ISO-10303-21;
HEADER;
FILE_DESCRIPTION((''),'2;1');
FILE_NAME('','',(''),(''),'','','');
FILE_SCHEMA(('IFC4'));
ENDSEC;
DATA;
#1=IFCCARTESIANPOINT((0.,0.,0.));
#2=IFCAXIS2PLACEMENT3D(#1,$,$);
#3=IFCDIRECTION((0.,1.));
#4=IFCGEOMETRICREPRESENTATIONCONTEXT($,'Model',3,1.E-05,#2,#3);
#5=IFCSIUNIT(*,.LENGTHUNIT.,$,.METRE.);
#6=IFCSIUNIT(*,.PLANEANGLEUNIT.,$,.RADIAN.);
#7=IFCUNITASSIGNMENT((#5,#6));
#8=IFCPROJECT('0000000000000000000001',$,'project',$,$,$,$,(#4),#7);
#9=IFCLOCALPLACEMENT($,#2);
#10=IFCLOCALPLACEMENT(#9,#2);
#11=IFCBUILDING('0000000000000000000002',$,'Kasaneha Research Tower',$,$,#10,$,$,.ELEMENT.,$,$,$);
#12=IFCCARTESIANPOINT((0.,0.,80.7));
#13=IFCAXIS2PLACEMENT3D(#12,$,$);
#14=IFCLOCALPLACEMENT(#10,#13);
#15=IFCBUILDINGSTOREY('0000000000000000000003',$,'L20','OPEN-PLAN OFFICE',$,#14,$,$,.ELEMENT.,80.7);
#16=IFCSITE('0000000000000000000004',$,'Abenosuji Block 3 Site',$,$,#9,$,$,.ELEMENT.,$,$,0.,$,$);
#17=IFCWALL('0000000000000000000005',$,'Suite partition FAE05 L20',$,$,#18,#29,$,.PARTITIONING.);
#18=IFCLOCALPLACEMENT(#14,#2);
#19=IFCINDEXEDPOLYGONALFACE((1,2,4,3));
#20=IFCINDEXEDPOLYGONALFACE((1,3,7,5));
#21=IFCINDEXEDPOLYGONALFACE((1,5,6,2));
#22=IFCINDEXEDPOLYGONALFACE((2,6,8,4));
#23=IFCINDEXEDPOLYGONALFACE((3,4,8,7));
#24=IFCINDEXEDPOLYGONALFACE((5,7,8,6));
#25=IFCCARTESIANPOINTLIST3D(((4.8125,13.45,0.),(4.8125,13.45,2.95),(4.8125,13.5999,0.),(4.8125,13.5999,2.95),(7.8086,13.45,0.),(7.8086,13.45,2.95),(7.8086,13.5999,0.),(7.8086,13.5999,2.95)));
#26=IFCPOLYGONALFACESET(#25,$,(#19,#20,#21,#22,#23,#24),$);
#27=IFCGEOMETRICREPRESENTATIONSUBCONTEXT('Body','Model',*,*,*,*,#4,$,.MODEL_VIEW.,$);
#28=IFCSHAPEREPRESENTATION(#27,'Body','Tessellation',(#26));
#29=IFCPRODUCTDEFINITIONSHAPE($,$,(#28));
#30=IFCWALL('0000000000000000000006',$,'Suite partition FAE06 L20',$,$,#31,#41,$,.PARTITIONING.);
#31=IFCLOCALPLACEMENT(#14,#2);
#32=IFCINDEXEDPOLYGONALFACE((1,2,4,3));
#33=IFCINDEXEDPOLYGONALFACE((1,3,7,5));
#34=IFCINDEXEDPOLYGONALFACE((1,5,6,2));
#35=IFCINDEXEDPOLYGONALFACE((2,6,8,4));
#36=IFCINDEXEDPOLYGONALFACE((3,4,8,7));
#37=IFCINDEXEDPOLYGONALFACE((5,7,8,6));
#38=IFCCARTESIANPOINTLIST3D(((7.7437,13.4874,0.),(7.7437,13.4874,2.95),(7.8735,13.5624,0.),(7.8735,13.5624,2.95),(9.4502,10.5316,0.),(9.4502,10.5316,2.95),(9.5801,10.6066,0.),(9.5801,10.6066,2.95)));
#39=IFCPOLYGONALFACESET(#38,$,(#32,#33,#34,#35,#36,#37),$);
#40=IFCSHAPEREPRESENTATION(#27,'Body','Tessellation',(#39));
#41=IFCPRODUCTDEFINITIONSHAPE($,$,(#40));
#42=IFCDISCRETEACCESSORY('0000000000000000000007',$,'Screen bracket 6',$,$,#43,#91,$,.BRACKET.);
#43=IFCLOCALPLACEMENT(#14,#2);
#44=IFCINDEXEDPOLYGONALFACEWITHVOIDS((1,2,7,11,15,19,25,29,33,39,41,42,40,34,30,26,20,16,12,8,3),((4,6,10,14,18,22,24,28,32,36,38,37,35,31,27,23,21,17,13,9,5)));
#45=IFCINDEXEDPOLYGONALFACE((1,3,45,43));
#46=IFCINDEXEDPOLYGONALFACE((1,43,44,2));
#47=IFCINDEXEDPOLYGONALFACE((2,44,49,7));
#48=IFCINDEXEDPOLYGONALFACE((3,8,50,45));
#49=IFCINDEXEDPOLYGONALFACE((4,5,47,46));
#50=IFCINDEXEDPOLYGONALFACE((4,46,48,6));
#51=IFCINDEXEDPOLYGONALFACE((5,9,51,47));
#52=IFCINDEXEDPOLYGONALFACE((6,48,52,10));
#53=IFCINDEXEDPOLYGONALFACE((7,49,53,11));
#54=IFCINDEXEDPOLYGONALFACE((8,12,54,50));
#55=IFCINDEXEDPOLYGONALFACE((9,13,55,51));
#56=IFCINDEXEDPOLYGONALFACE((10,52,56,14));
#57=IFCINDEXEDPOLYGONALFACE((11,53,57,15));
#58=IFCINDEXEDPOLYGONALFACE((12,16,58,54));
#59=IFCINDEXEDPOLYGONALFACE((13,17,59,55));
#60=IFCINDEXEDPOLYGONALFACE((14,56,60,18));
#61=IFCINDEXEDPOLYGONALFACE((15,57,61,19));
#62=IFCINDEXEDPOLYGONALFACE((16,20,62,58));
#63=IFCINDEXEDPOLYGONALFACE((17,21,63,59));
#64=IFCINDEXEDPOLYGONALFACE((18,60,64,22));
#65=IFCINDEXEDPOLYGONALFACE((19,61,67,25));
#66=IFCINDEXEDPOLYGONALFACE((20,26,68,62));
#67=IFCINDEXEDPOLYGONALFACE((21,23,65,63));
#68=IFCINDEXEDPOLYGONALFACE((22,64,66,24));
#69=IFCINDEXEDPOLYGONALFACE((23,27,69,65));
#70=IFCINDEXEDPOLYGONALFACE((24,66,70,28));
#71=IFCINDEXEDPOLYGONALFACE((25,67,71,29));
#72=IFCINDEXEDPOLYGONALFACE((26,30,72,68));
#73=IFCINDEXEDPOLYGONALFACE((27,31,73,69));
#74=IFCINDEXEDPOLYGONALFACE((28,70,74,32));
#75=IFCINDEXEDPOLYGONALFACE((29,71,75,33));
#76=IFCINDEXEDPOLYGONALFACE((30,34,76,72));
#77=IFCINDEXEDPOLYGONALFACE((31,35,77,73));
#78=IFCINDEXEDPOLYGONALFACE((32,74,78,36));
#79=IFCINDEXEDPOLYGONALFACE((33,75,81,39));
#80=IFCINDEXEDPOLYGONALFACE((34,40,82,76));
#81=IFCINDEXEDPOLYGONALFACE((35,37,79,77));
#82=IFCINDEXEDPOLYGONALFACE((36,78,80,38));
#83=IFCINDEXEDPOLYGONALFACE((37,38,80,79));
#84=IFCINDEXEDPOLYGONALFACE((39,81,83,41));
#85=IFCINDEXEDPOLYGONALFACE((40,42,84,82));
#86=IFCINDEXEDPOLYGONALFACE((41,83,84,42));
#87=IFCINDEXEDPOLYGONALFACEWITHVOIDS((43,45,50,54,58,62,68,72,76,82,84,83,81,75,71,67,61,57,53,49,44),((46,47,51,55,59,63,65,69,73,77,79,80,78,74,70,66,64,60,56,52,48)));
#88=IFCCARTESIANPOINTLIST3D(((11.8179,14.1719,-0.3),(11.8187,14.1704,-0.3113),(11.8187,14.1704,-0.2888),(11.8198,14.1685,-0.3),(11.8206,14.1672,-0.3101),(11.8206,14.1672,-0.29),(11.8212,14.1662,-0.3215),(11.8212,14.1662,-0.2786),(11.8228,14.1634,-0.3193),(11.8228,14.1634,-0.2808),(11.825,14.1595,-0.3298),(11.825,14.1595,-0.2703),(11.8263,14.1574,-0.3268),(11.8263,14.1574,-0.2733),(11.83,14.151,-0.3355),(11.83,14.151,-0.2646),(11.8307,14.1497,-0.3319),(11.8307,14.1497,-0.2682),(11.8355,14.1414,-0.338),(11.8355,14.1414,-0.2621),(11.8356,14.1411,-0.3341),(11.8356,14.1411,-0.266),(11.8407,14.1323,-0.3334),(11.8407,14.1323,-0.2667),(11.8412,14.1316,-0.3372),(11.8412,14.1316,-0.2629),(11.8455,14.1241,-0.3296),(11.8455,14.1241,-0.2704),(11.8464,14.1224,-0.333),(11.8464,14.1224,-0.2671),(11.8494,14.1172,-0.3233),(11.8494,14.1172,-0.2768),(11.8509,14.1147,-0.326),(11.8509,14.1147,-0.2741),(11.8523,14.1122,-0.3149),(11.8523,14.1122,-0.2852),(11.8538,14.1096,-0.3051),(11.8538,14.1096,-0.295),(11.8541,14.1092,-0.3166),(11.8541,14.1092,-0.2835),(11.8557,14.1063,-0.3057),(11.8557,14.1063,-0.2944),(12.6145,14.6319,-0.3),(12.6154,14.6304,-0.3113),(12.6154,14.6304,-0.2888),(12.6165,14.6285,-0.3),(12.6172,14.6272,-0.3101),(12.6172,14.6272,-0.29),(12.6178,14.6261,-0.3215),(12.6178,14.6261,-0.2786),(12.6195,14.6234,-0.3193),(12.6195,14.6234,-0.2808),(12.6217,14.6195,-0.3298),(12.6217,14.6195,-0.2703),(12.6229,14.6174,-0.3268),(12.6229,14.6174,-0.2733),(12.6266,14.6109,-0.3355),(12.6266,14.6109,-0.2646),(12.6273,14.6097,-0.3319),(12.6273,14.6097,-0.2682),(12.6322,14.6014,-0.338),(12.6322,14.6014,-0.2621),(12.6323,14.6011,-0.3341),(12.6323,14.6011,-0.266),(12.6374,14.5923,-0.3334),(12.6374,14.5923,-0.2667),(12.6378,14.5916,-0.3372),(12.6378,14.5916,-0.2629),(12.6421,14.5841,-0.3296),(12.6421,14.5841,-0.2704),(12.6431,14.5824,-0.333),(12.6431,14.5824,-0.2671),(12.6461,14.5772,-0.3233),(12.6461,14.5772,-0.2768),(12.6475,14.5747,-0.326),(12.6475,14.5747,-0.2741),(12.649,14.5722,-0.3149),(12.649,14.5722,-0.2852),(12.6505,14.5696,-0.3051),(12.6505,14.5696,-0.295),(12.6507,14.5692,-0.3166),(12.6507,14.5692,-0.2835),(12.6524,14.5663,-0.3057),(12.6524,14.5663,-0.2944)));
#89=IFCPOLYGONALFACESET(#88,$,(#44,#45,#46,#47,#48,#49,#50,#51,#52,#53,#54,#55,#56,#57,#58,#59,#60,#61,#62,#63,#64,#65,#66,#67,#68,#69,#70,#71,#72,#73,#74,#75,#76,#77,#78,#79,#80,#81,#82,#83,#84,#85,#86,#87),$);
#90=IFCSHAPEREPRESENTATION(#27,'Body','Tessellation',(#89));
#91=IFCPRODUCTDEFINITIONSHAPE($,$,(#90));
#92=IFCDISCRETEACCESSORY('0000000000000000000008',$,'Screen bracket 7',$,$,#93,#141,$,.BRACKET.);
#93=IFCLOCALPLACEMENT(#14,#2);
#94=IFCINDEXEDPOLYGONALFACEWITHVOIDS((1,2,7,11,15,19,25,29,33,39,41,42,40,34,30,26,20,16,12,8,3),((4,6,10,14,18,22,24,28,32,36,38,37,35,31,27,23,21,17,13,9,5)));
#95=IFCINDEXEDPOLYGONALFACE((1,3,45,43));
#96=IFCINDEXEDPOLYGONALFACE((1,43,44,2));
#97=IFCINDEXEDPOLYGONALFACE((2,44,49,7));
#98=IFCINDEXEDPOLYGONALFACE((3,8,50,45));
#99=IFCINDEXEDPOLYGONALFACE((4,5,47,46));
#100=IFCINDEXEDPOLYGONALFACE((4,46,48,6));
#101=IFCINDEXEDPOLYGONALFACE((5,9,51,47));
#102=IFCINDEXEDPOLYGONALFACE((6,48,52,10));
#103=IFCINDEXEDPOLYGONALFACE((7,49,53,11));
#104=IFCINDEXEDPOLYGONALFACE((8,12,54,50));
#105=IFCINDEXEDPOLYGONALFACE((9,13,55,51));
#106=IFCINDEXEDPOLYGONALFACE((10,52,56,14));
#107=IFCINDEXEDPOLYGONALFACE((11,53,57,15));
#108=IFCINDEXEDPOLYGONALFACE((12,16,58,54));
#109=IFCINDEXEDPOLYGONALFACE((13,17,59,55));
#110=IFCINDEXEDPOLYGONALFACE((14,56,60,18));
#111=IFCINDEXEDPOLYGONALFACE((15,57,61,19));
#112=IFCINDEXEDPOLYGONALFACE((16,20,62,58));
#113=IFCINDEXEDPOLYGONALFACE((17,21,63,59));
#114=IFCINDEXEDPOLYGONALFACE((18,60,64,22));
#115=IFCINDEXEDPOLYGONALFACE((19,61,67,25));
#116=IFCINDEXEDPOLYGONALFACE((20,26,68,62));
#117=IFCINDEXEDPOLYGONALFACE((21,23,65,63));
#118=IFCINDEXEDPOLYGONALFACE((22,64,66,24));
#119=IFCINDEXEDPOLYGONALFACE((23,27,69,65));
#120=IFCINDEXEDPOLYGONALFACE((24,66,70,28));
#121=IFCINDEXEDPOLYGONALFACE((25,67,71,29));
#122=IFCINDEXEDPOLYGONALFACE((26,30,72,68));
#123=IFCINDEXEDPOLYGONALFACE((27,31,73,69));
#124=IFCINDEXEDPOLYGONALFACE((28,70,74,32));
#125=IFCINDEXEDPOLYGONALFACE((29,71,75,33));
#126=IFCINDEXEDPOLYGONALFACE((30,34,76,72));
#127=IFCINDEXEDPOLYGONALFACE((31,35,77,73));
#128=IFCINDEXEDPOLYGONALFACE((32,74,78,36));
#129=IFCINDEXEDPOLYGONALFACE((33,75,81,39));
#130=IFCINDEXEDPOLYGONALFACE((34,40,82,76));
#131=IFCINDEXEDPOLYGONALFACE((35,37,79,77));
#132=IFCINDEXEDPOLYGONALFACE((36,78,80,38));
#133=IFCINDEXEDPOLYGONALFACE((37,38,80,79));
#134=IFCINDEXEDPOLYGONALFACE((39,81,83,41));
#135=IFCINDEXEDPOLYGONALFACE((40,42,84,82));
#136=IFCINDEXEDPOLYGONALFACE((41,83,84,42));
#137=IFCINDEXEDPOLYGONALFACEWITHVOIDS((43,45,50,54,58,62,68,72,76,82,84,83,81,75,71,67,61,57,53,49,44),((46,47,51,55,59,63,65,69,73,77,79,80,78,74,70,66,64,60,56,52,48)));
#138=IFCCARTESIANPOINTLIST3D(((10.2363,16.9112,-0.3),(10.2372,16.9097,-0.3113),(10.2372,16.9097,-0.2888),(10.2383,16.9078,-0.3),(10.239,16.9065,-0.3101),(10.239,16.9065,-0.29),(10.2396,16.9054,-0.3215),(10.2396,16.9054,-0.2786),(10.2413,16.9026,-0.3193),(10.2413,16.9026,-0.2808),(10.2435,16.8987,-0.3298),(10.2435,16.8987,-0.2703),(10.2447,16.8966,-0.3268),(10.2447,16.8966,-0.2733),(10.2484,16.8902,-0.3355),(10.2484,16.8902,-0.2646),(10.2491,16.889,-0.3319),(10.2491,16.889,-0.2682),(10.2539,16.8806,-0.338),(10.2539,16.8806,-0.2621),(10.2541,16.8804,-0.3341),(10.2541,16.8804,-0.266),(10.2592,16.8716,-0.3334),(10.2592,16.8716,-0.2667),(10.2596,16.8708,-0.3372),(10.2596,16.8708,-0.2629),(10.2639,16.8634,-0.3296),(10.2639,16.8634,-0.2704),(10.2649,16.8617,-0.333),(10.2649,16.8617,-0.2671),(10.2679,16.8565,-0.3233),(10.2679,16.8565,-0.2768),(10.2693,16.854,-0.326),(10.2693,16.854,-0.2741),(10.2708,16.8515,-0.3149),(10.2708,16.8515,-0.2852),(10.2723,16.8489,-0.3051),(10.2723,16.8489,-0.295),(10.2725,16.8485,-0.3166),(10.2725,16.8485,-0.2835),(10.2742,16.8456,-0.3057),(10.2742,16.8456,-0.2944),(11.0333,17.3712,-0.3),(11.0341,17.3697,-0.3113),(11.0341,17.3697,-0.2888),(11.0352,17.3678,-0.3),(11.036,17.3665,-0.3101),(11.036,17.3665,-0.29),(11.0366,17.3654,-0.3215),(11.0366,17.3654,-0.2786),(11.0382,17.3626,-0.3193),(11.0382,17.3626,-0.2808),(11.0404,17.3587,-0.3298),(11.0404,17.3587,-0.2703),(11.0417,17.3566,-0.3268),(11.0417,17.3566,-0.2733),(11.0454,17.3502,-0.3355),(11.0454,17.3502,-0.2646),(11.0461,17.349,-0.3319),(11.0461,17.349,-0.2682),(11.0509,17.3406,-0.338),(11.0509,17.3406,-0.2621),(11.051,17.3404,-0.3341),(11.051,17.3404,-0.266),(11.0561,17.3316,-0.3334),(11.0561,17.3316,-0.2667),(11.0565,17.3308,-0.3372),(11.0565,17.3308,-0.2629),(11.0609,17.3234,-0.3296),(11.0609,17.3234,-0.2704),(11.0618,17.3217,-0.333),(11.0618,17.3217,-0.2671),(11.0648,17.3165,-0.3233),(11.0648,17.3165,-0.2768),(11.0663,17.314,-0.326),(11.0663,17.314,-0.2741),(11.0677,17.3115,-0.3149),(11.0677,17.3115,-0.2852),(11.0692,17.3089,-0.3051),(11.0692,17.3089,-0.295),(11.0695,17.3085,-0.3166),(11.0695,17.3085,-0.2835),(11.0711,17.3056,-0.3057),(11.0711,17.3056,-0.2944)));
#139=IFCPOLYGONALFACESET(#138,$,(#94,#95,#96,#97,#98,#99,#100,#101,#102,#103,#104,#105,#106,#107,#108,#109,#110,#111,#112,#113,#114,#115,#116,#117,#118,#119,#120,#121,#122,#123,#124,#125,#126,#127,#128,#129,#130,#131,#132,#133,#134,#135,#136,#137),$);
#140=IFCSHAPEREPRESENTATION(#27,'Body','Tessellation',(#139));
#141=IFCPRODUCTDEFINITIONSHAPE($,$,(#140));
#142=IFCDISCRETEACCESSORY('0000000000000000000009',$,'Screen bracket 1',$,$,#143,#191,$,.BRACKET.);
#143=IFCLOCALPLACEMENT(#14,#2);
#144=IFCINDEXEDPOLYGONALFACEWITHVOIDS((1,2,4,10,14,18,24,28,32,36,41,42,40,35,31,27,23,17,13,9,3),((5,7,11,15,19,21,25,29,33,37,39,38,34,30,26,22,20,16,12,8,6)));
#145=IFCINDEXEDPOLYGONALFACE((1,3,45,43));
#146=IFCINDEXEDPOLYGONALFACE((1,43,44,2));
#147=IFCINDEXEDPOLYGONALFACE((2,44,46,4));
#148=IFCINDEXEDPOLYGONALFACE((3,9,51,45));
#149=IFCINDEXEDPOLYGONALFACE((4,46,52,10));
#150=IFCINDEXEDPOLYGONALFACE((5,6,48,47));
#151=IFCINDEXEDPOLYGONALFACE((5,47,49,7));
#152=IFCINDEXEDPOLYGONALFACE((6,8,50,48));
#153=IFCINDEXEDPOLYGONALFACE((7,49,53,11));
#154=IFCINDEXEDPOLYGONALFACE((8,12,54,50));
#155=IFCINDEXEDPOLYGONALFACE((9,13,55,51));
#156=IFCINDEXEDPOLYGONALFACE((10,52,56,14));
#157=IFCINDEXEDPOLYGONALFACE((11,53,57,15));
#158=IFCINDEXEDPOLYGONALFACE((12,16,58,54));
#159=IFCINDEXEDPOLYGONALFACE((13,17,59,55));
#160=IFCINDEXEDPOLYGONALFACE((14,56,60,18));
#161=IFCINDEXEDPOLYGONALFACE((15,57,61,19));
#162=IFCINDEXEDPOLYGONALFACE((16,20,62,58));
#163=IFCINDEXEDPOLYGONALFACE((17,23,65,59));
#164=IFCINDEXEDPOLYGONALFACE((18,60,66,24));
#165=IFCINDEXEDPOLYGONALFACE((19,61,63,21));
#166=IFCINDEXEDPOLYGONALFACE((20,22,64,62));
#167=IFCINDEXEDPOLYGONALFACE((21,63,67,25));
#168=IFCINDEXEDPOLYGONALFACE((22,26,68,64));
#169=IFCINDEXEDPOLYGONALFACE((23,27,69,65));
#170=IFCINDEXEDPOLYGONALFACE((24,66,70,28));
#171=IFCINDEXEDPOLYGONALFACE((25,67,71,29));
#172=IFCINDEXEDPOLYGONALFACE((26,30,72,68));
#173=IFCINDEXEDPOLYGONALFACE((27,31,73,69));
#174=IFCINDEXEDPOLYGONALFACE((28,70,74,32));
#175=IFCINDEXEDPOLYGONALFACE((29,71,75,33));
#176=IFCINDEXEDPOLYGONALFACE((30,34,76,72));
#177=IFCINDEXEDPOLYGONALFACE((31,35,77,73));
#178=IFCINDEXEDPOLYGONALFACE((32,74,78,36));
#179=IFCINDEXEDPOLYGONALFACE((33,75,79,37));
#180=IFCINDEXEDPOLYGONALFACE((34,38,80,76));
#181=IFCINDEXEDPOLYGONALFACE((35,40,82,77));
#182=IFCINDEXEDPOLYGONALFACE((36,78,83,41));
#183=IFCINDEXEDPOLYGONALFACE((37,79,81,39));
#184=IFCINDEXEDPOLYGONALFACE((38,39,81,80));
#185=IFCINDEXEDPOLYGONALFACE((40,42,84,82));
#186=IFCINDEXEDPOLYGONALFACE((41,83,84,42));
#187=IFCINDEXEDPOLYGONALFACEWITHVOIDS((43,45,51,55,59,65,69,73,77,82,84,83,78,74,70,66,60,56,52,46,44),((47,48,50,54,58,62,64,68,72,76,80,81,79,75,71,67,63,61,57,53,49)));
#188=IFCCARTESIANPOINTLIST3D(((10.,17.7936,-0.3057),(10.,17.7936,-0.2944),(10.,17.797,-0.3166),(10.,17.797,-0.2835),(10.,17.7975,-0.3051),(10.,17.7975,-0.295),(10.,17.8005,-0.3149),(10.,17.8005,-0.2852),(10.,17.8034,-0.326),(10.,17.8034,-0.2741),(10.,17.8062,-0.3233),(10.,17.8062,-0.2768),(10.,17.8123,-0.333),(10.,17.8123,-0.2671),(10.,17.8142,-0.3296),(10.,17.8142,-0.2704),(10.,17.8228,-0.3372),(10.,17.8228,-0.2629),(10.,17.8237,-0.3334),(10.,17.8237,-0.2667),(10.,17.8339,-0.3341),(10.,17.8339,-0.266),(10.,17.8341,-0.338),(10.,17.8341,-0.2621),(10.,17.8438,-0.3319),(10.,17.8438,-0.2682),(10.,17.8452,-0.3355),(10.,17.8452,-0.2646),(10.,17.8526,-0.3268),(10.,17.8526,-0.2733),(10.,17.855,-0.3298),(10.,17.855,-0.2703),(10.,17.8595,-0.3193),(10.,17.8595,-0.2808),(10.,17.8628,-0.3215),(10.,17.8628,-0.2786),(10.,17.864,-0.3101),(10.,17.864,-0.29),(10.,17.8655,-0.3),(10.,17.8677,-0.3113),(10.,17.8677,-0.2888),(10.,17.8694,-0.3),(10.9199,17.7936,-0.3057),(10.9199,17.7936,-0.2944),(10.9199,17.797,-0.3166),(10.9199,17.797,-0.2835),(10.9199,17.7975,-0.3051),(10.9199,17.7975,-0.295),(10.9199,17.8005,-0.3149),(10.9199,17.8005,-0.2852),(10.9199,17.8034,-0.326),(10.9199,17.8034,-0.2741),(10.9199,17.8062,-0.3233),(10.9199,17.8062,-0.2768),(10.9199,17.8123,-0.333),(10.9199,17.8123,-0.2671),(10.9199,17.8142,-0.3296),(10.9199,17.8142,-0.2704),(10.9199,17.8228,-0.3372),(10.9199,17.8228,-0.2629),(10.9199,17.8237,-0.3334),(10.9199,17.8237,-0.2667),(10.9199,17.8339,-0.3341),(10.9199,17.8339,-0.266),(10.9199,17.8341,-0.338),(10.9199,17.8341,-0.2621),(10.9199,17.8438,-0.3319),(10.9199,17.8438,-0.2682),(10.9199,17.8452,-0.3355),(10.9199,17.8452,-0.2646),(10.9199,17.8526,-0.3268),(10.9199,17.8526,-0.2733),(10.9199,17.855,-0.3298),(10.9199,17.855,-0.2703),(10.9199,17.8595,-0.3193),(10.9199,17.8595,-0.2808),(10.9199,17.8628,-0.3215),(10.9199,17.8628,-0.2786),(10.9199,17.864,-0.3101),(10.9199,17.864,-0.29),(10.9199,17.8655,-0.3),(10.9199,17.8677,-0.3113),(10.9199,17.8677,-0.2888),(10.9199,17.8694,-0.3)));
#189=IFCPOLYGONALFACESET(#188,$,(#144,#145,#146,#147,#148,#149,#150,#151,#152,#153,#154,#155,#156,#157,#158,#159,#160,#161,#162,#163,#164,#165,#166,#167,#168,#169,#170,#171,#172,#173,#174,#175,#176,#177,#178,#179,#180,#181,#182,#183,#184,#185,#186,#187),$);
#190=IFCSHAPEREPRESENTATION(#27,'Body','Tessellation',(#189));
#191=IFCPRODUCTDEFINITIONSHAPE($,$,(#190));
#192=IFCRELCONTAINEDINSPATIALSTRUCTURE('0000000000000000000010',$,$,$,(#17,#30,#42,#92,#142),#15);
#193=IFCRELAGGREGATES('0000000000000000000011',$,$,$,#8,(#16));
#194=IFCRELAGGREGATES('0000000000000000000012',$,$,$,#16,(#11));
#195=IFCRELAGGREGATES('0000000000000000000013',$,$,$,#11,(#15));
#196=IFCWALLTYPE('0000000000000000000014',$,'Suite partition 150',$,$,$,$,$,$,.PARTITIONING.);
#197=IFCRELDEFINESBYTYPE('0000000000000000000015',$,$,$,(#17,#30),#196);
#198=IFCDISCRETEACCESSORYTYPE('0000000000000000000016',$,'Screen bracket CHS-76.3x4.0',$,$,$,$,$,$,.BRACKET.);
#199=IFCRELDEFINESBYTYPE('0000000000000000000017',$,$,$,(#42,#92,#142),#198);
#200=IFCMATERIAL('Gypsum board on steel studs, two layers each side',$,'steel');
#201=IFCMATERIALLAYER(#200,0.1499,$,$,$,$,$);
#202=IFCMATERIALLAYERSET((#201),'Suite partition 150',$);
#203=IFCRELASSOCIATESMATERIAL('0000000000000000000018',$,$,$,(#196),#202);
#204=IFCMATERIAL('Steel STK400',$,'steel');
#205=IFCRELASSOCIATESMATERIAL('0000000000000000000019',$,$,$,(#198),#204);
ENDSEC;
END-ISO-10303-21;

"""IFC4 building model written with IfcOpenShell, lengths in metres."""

from ifc_helpers import new_model, si_unit, direction, frame, frame_2d, origin, origin_2d, place, context, subcontext, project, spatial, rectangle, hollow_circle, extrude, material, layer, layer_set, material_profile, profile_set, type_object, element, save


model = new_model("IFC4")

# Units and contexts
model_context = context("Model", 3, precision=1e-05, world=origin(), true_north=direction((0.0, 1.0)))
body_context = subcontext(model_context, "Body", "Model", "MODEL_VIEW")
ifc_project = project(units=[si_unit("LENGTHUNIT", "METRE"), si_unit("PLANEANGLEUNIT", "RADIAN")], contexts=[model_context])

# Site, building, storey
site_placement = place(None, origin())
site = spatial("IfcSite", under=ifc_project, at=site_placement, Name="Abenosuji Block 3 Site", CompositionType="ELEMENT", RefElevation=0.0)
building_placement = place(site_placement, origin())
building = spatial("IfcBuilding", under=site, at=building_placement, Name="Kasaneha Research Tower", CompositionType="ELEMENT")
storey_placement = place(building_placement, frame((0.0, 0.0, 80.7)))
storey = spatial("IfcBuildingStorey", under=building, at=storey_placement, Name="L20", Description="OPEN-PLAN OFFICE", CompositionType="ELEMENT", Elevation=80.7)

# Shared definitions
ifc_material_1 = material(Name="Gypsum board on steel studs, two layers each side", Category="steel")
ifc_layer_1 = layer(ifc_material_1, 0.1499)
ifc_layer_set_1 = layer_set([ifc_layer_1], Name="Suite partition 150")
wall_type_1 = type_object("IfcWallType", Name="Suite partition 150", PredefinedType="PARTITIONING", material=ifc_layer_set_1)

# Walls
wall_1_placement = place(storey_placement, frame((4.8125, 13.5249, 0.0), z_axis=(0.0, 0.0, 1.0), x_axis=(1.0, 0.0, 0.0)))
element("IfcWall", 1, at=wall_1_placement, inside=storey, type_object=wall_type_1, Name="Suite partition FAE05 L20", PredefinedType="PARTITIONING", context=body_context, shape_type="SweptSolid", body=[
    extrude(rectangle(XDim=2.9961, YDim=0.1499, at=frame_2d((1.498, 0.0))), origin(), (0.0, 0.0, 1.0), 2.95),
])
wall_2_placement = place(storey_placement, frame((7.8086, 13.5249, 0.0), z_axis=(0.0, 0.0, 1.0), x_axis=(0.500001, -0.866025, 0.0)))
element("IfcWall", 2, at=wall_2_placement, inside=storey, type_object=wall_type_1, Name="Suite partition FAE06 L20", PredefinedType="PARTITIONING", context=body_context, shape_type="SweptSolid", body=[
    extrude(rectangle(XDim=3.4131, YDim=0.1499, at=frame_2d((1.7065, 0.0))), origin(), (0.0, 0.0, 1.0), 2.95),
])

# Discrete accessories
ifc_material_2 = material(Name="Steel STK400", Category="steel")
ifc_material_profile_1 = material_profile(ifc_material_2, hollow_circle(Radius=0.0381, WallThickness=0.0039, at=origin_2d()), Name="CHS-76.3x4.0")
ifc_profile_set_1 = profile_set([ifc_material_profile_1], Name="Steel STK400")
discrete_accessory_type = type_object("IfcDiscreteAccessoryType", Name="Screen bracket CHS-76.3x4.0", PredefinedType="BRACKET", material=ifc_profile_set_1)
discrete_accessory_1_placement = place(storey_placement, frame((11.8369, 14.1389, -0.3), z_axis=(0.866013, 0.500021, 0.0), x_axis=(-0.500021, 0.866013, 0.0)))
element("IfcDiscreteAccessory", 3, at=discrete_accessory_1_placement, inside=storey, type_object=discrete_accessory_type, Name="Screen bracket 6", PredefinedType="BRACKET", context=body_context, shape_type="SweptSolid", body=[
    extrude(hollow_circle(Radius=0.0381, WallThickness=0.0039, at=origin_2d()), origin(), (0.0, 0.0, 1.0), 0.9199),
])
discrete_accessory_2_placement = place(storey_placement, frame((10.2554, 16.8782, -0.3), z_axis=(0.86608, 0.499906, 0.0), x_axis=(-0.499906, 0.86608, 0.0)))
element("IfcDiscreteAccessory", 4, at=discrete_accessory_2_placement, inside=storey, type_object=discrete_accessory_type, Name="Screen bracket 7", PredefinedType="BRACKET", context=body_context, shape_type="SweptSolid", body=[
    extrude(hollow_circle(Radius=0.0381, WallThickness=0.0039, at=origin_2d()), origin(), (0.0, 0.0, 1.0), 0.9202),
])
for number, where, z_axis, x_axis, name in (
    (5, (10.0, 17.8313, -0.3), (1.0, 0.0, 0.0), (0.0, 1.0, 0.0), "Screen bracket 1"),
):
    element("IfcDiscreteAccessory", number, at=place(storey_placement, frame(where, z_axis=z_axis, x_axis=x_axis)), inside=storey, type_object=discrete_accessory_type, Name=name, PredefinedType="BRACKET", context=body_context, shape_type="SweptSolid", body=[
        extrude(hollow_circle(Radius=0.0381, WallThickness=0.0039, at=origin_2d()), origin(), (0.0, 0.0, 1.0), 0.9199),
    ])

save(model, "model.ifc")
